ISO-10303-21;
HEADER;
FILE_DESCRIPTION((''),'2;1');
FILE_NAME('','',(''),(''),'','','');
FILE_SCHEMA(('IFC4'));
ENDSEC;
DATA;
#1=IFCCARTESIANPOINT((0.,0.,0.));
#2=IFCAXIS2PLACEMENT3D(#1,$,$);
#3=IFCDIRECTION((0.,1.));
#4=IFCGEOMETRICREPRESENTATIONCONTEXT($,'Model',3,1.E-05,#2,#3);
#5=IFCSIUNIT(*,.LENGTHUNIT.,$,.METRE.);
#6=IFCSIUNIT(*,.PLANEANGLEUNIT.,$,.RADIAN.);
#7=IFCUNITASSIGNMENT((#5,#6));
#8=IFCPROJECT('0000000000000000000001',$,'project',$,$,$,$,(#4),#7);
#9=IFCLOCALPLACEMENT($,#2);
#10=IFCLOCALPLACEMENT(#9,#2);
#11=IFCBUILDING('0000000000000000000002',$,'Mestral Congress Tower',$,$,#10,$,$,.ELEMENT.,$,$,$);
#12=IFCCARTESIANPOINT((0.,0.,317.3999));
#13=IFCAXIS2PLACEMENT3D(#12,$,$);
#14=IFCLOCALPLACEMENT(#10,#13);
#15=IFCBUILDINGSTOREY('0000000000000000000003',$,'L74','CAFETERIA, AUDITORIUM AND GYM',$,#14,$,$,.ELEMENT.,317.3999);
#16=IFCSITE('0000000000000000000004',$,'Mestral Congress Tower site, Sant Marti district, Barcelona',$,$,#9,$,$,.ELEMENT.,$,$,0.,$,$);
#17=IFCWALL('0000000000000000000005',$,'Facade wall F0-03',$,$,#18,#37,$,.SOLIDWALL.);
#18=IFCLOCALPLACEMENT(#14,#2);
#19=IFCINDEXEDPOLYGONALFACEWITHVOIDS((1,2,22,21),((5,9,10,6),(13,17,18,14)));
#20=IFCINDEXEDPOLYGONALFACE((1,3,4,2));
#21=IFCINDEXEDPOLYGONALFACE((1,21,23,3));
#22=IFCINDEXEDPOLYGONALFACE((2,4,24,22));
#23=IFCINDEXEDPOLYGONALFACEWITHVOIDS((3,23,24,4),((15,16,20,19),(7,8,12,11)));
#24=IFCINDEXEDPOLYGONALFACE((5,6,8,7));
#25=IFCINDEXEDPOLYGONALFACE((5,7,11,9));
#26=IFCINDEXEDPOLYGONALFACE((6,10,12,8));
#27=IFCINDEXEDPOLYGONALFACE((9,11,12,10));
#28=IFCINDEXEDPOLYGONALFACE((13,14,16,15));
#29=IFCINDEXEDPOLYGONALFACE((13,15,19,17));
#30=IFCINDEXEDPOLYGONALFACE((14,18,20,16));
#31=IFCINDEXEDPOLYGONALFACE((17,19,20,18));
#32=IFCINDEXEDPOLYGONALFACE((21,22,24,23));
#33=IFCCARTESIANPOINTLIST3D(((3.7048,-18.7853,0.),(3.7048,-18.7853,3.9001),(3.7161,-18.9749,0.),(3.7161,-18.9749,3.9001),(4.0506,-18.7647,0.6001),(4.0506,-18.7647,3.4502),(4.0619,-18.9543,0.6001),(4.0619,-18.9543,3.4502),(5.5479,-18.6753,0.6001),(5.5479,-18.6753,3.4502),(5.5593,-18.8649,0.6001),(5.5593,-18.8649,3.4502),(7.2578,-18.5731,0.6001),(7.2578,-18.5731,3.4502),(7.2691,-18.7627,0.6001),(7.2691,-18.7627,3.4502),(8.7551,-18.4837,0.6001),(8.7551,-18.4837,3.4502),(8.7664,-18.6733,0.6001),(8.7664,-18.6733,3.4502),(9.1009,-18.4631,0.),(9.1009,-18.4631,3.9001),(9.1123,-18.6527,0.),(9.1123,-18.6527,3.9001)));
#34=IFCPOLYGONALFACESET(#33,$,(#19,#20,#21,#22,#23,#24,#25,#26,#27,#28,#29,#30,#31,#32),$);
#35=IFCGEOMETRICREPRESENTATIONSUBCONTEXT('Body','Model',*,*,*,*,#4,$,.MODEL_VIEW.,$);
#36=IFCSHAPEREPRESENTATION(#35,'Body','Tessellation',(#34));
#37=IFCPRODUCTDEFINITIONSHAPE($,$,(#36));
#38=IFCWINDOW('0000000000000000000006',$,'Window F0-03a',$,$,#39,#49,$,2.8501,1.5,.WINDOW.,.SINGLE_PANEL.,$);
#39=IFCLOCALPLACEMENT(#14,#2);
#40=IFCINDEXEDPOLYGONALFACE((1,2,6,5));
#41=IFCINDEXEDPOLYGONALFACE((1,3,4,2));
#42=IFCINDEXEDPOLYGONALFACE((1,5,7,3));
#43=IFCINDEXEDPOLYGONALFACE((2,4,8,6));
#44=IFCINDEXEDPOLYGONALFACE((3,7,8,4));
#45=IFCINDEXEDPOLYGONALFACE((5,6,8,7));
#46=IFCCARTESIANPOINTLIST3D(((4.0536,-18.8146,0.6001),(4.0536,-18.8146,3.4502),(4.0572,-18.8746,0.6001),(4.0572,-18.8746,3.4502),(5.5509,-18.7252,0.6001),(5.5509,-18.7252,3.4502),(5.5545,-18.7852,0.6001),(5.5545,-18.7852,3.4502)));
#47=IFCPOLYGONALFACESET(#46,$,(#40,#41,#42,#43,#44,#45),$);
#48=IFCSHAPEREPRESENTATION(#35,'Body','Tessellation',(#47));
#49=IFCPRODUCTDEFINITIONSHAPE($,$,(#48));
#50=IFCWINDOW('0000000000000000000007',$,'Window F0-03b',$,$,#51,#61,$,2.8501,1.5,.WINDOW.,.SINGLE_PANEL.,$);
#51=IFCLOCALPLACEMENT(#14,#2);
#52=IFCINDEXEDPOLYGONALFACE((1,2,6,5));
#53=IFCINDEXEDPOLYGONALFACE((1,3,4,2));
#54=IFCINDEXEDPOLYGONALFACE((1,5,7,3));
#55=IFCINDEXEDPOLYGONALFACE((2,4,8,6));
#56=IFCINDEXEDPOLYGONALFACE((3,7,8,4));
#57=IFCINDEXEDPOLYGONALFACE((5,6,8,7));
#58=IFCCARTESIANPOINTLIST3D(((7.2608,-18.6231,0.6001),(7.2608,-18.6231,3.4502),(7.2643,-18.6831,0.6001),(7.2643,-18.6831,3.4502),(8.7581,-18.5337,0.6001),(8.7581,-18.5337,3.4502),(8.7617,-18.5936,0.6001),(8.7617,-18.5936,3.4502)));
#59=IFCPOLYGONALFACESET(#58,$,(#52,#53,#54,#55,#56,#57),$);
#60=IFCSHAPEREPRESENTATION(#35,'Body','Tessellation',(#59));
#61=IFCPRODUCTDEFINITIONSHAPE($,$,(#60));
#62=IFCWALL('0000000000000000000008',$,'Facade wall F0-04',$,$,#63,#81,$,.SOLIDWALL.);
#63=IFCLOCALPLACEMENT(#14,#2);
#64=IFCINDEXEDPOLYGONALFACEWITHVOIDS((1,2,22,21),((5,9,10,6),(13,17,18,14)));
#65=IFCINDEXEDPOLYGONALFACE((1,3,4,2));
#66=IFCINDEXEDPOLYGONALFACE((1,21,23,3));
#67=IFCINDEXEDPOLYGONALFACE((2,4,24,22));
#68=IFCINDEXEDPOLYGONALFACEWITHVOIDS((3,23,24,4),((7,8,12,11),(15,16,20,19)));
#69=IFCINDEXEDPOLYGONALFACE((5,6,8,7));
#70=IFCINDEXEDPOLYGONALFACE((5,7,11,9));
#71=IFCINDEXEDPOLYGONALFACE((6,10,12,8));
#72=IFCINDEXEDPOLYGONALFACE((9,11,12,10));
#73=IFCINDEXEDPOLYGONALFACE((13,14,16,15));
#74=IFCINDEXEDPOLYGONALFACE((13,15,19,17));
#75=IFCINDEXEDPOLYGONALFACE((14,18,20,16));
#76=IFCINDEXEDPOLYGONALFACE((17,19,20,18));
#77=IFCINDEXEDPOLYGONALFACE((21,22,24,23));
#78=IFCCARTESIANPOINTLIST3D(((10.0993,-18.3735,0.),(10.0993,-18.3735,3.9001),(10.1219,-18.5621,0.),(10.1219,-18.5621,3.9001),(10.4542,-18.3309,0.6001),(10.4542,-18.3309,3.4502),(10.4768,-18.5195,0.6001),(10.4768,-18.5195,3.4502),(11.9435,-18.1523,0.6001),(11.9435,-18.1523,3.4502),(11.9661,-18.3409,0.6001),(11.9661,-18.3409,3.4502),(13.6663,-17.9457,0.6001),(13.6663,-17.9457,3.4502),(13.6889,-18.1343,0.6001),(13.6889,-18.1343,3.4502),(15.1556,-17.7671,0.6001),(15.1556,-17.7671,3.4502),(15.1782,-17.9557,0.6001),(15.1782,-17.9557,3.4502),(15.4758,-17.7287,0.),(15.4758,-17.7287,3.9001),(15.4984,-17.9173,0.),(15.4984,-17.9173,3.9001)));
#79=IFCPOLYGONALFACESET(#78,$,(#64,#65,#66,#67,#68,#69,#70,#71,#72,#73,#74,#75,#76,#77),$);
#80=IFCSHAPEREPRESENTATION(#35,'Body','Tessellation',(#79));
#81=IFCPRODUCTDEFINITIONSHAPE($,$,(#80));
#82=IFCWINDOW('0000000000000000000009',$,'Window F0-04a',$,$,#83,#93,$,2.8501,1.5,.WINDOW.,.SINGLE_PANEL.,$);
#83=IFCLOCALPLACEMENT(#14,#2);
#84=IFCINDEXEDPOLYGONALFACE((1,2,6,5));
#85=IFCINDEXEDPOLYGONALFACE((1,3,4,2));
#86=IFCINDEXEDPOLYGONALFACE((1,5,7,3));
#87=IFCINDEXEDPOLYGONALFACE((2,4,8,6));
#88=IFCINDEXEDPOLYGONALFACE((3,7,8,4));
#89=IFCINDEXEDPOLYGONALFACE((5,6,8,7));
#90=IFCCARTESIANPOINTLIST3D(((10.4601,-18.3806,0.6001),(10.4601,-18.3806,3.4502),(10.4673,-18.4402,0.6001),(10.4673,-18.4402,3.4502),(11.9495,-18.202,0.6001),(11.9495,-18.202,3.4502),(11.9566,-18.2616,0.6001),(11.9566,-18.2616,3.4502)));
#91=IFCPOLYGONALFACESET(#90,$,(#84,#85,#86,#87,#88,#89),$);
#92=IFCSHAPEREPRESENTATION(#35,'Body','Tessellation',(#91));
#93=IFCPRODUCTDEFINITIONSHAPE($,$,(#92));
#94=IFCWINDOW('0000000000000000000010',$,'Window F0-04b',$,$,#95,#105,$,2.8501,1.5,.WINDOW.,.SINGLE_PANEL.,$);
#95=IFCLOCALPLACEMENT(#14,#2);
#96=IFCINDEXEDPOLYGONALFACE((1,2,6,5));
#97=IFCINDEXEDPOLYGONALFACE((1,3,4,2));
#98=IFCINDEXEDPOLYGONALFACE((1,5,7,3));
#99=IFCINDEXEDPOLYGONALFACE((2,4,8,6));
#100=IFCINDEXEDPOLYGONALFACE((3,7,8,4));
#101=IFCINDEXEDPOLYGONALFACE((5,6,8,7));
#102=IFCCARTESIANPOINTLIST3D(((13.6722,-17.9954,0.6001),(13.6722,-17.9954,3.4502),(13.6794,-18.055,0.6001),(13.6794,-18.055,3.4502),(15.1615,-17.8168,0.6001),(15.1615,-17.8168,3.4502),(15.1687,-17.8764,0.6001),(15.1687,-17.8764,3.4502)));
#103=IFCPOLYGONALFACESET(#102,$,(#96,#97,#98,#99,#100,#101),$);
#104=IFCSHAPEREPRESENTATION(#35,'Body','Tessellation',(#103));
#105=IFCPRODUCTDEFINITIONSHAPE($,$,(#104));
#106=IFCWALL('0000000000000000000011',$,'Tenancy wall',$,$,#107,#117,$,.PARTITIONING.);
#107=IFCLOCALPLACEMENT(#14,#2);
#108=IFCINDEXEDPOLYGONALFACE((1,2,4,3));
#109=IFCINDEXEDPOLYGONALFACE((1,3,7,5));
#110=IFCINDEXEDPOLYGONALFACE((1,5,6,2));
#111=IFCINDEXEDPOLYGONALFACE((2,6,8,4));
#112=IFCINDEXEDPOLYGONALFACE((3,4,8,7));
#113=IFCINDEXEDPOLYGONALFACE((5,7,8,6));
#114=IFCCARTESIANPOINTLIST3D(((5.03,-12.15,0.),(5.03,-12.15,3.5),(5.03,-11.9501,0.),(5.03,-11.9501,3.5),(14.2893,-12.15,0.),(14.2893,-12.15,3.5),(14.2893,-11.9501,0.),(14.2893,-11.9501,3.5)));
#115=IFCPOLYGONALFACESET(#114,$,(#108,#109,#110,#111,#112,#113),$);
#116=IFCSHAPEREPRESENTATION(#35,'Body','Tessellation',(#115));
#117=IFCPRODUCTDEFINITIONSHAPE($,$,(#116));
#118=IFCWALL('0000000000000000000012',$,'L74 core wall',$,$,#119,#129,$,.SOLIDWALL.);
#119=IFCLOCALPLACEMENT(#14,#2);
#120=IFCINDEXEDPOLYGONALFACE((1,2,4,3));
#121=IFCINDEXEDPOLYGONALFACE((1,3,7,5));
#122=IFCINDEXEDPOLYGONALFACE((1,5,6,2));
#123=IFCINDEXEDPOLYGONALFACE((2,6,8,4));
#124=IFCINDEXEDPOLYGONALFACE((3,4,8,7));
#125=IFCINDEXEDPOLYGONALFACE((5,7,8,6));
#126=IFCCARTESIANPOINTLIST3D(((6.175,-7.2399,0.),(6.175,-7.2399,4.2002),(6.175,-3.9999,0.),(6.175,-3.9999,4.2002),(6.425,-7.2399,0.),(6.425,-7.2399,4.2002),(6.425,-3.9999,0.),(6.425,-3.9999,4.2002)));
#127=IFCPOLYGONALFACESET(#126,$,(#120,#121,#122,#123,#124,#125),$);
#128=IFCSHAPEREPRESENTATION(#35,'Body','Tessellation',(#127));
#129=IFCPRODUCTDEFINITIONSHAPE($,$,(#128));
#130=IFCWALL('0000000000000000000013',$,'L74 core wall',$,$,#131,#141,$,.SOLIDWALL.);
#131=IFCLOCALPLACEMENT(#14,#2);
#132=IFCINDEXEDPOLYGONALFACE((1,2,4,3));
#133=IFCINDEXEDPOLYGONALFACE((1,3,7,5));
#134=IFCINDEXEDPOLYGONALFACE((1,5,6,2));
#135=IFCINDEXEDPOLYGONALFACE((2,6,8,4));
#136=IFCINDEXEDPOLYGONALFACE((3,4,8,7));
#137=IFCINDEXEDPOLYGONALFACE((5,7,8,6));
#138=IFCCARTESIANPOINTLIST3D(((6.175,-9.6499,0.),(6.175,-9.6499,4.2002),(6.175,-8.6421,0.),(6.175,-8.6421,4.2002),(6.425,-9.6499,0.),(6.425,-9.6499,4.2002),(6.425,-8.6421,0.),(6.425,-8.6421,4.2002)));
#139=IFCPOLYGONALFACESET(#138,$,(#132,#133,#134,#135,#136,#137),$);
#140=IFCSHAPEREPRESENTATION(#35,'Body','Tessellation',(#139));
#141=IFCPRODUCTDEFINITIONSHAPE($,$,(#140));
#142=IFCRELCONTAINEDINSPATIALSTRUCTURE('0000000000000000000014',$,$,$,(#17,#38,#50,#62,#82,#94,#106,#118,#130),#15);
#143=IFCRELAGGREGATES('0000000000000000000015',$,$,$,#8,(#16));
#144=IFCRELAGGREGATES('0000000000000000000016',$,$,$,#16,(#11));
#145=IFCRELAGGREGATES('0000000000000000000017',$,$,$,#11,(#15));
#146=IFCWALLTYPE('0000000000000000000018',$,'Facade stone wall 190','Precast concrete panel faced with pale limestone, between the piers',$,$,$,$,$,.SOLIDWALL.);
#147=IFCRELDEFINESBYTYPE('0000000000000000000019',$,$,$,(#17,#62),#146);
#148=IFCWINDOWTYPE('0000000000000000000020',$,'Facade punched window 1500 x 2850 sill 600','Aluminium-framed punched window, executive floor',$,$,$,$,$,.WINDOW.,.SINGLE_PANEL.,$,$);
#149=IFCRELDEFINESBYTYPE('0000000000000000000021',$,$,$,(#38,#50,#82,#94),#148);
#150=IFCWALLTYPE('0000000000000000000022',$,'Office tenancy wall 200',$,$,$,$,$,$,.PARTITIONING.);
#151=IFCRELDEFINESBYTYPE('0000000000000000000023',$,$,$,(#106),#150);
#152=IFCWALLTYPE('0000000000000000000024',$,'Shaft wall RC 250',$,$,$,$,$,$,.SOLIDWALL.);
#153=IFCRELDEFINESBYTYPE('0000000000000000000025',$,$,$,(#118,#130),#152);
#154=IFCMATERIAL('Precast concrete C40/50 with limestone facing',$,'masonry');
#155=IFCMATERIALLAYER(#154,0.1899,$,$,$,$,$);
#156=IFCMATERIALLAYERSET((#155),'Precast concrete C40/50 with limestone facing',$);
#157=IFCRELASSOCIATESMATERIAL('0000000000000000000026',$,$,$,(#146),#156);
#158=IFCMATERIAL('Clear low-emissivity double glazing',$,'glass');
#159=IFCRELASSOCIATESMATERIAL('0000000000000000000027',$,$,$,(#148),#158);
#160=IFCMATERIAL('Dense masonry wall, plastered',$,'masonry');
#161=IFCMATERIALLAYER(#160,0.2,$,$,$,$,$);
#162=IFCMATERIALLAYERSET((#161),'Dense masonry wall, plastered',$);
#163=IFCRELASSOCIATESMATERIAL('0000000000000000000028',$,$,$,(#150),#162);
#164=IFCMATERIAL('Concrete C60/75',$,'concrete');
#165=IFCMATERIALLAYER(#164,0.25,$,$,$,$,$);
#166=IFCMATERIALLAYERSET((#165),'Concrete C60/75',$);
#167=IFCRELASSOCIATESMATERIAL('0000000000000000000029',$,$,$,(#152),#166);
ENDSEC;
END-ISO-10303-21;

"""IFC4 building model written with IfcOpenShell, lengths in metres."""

from ifc_helpers import new_model, si_unit, direction, frame, frame_2d, origin, place, context, subcontext, project, spatial, rectangle, extrude, material, layer, layer_set, type_object, element, fill, save


model = new_model("IFC4")

# Units and contexts
model_context = context("Model", 3, precision=1e-05, world=origin(), true_north=direction((0.0, 1.0)))
body_context = subcontext(model_context, "Body", "Model", "MODEL_VIEW")
ifc_project = project(units=[si_unit("LENGTHUNIT", "METRE"), si_unit("PLANEANGLEUNIT", "RADIAN")], contexts=[model_context])

# Site, building, storey
site_placement = place(None, origin())
site = spatial("IfcSite", under=ifc_project, at=site_placement, Name="Mestral Congress Tower site, Sant Marti district, Barcelona", CompositionType="ELEMENT", RefElevation=0.0)
building_placement = place(site_placement, origin())
building = spatial("IfcBuilding", under=site, at=building_placement, Name="Mestral Congress Tower", CompositionType="ELEMENT")
storey_placement = place(building_placement, frame((0.0, 0.0, 317.3999)))
storey = spatial("IfcBuildingStorey", under=building, at=storey_placement, Name="L74", Description="CAFETERIA, AUDITORIUM AND GYM", CompositionType="ELEMENT", Elevation=317.3999)

# Shared definitions
ifc_material_1 = material(Name="Concrete C60/75", Category="concrete")

# Walls, openings, windows
ifc_material_2 = material(Name="Precast concrete C40/50 with limestone facing", Category="masonry")
ifc_layer_1 = layer(ifc_material_2, 0.1899)
ifc_layer_set_1 = layer_set([ifc_layer_1], Name="Precast concrete C40/50 with limestone facing")
wall_type_1 = type_object("IfcWallType", Name="Facade stone wall 190", Description="Precast concrete panel faced with pale limestone, between the piers", PredefinedType="SOLIDWALL", material=ifc_layer_set_1)
wall_1_placement = place(storey_placement, frame((3.7104, -18.8801, 0.0), z_axis=(0.0, 0.0, 1.0), x_axis=(0.998221, 0.059614, 0.0)))
wall_1 = element("IfcWall", 1, at=wall_1_placement, inside=storey, type_object=wall_type_1, Name="Facade wall F0-03", PredefinedType="SOLIDWALL", context=body_context, shape_type="SweptSolid", body=[
    extrude(rectangle(XDim=5.4058, YDim=0.1899, at=frame_2d((2.7029, 0.0))), origin(), (0.0, 0.0, 1.0), 3.9001),
])
opening_1_placement = place(wall_1_placement, frame((0.3464, 0.0, 0.6001)))
opening_1 = element("IfcOpeningElement", 2, at=opening_1_placement, cuts=wall_1, PredefinedType="OPENING", context=body_context, shape_type="SweptSolid", body=[
    extrude(rectangle(XDim=1.5, YDim=2.8501, at=frame_2d((0.75, 1.425))), frame((0.0, 0.105, 0.0), z_axis=(0.0, -1.0, 0.0), x_axis=(1.0, 0.0, 0.0)), (0.0, 0.0, 1.0), 0.21),
])
opening_2_placement = place(wall_1_placement, frame((3.5593, 0.0, 0.6001)))
opening_2 = element("IfcOpeningElement", 3, at=opening_2_placement, cuts=wall_1, PredefinedType="OPENING", context=body_context, shape_type="SweptSolid", body=[
    extrude(rectangle(XDim=1.5, YDim=2.8501, at=frame_2d((0.75, 1.425))), frame((0.0, 0.105, 0.0), z_axis=(0.0, -1.0, 0.0), x_axis=(1.0, 0.0, 0.0)), (0.0, 0.0, 1.0), 0.21),
])
ifc_material_3 = material(Name="Clear low-emissivity double glazing", Category="glass")
window_type = type_object("IfcWindowType", Name="Facade punched window 1500 x 2850 sill 600", Description="Aluminium-framed punched window, executive floor", PartitioningType="SINGLE_PANEL", PredefinedType="WINDOW", material=ifc_material_3)
window_1_placement = place(opening_1_placement, origin())
window_1 = element("IfcWindow", 4, at=window_1_placement, inside=storey, type_object=window_type, Name="Window F0-03a", OverallHeight=2.8501, OverallWidth=1.5, PartitioningType="SINGLE_PANEL", PredefinedType="WINDOW", context=body_context, shape_type="SweptSolid", body=[
    extrude(rectangle(XDim=1.5, YDim=2.8501, at=frame_2d((0.75, 1.425))), frame((0.0, 0.0449, 0.0), z_axis=(0.0, -1.0, 0.0), x_axis=(1.0, 0.0, 0.0)), (0.0, 0.0, 1.0), 0.0601),
])
fill(opening_1, window_1)
window_2_placement = place(opening_2_placement, origin())
window_2 = element("IfcWindow", 5, at=window_2_placement, inside=storey, type_object=window_type, Name="Window F0-03b", OverallHeight=2.8501, OverallWidth=1.5, PartitioningType="SINGLE_PANEL", PredefinedType="WINDOW", context=body_context, shape_type="SweptSolid", body=[
    extrude(rectangle(XDim=1.5, YDim=2.8501, at=frame_2d((0.75, 1.425))), frame((0.0, 0.0449, 0.0), z_axis=(0.0, -1.0, 0.0), x_axis=(1.0, 0.0, 0.0)), (0.0, 0.0, 1.0), 0.0601),
])
fill(opening_2, window_2)
wall_2_placement = place(storey_placement, frame((10.1106, -18.4678, 0.0), z_axis=(0.0, 0.0, 1.0), x_axis=(0.992886, 0.119072, 0.0)))
wall_2 = element("IfcWall", 6, at=wall_2_placement, inside=storey, type_object=wall_type_1, Name="Facade wall F0-04", PredefinedType="SOLIDWALL", context=body_context, shape_type="SweptSolid", body=[
    extrude(rectangle(XDim=5.415, YDim=0.1899, at=frame_2d((2.7075, 0.0))), origin(), (0.0, 0.0, 1.0), 3.9001),
])
opening_3_placement = place(wall_2_placement, frame((0.3574, 0.0, 0.6001)))
opening_3 = element("IfcOpeningElement", 7, at=opening_3_placement, cuts=wall_2, PredefinedType="OPENING", context=body_context, shape_type="SweptSolid", body=[
    extrude(rectangle(XDim=1.5, YDim=2.8501, at=frame_2d((0.75, 1.425))), frame((0.0, 0.105, 0.0), z_axis=(0.0, -1.0, 0.0), x_axis=(1.0, 0.0, 0.0)), (0.0, 0.0, 1.0), 0.21),
])
opening_4_placement = place(wall_2_placement, frame((3.5925, 0.0, 0.6001)))
opening_4 = element("IfcOpeningElement", 8, at=opening_4_placement, cuts=wall_2, PredefinedType="OPENING", context=body_context, shape_type="SweptSolid", body=[
    extrude(rectangle(XDim=1.5, YDim=2.8501, at=frame_2d((0.75, 1.425))), frame((0.0, 0.105, 0.0), z_axis=(0.0, -1.0, 0.0), x_axis=(1.0, 0.0, 0.0)), (0.0, 0.0, 1.0), 0.21),
])
window_3_placement = place(opening_3_placement, origin())
window_3 = element("IfcWindow", 9, at=window_3_placement, inside=storey, type_object=window_type, Name="Window F0-04a", OverallHeight=2.8501, OverallWidth=1.5, PartitioningType="SINGLE_PANEL", PredefinedType="WINDOW", context=body_context, shape_type="SweptSolid", body=[
    extrude(rectangle(XDim=1.5, YDim=2.8501, at=frame_2d((0.75, 1.425))), frame((0.0, 0.0449, 0.0), z_axis=(0.0, -1.0, 0.0), x_axis=(1.0, 0.0, 0.0)), (0.0, 0.0, 1.0), 0.0601),
])
fill(opening_3, window_3)
window_4_placement = place(opening_4_placement, origin())
window_4 = element("IfcWindow", 10, at=window_4_placement, inside=storey, type_object=window_type, Name="Window F0-04b", OverallHeight=2.8501, OverallWidth=1.5, PartitioningType="SINGLE_PANEL", PredefinedType="WINDOW", context=body_context, shape_type="SweptSolid", body=[
    extrude(rectangle(XDim=1.5, YDim=2.8501, at=frame_2d((0.75, 1.425))), frame((0.0, 0.0449, 0.0), z_axis=(0.0, -1.0, 0.0), x_axis=(1.0, 0.0, 0.0)), (0.0, 0.0, 1.0), 0.0601),
])
fill(opening_4, window_4)

# Walls
ifc_material_4 = material(Name="Dense masonry wall, plastered", Category="masonry")
ifc_layer_2 = layer(ifc_material_4, 0.2)
ifc_layer_set_2 = layer_set([ifc_layer_2], Name="Dense masonry wall, plastered")
wall_type_2 = type_object("IfcWallType", Name="Office tenancy wall 200", PredefinedType="PARTITIONING", material=ifc_layer_set_2)
wall_3_placement = place(storey_placement, frame((5.03, -12.05, 0.0), z_axis=(0.0, 0.0, 1.0), x_axis=(1.0, 0.0, 0.0)))
element("IfcWall", 11, at=wall_3_placement, inside=storey, type_object=wall_type_2, Name="Tenancy wall", PredefinedType="PARTITIONING", context=body_context, shape_type="SweptSolid", body=[
    extrude(rectangle(XDim=9.2593, YDim=0.2, at=frame_2d((4.6296, 0.0))), origin(), (0.0, 0.0, 1.0), 3.5),
])
ifc_layer_3 = layer(ifc_material_1, 0.25)
ifc_layer_set_3 = layer_set([ifc_layer_3], Name="Concrete C60/75")
wall_type_3 = type_object("IfcWallType", Name="Shaft wall RC 250", PredefinedType="SOLIDWALL", material=ifc_layer_set_3)
wall_4_placement = place(storey_placement, frame((6.3, -7.24, 0.0), z_axis=(0.0, 0.0, 1.0), x_axis=(0.0, 1.0, 0.0)))
element("IfcWall", 12, at=wall_4_placement, inside=storey, type_object=wall_type_3, Name="L74 core wall", PredefinedType="SOLIDWALL", context=body_context, shape_type="SweptSolid", body=[
    extrude(rectangle(XDim=3.24, YDim=0.25, at=frame_2d((1.6201, 0.0))), origin(), (0.0, 0.0, 1.0), 4.2002),
])
wall_5_placement = place(storey_placement, frame((6.3, -9.6499, 0.0), z_axis=(0.0, 0.0, 1.0), x_axis=(0.0, 1.0, 0.0)))
element("IfcWall", 13, at=wall_5_placement, inside=storey, type_object=wall_type_3, Name="L74 core wall", PredefinedType="SOLIDWALL", context=body_context, shape_type="SweptSolid", body=[
    extrude(rectangle(XDim=1.0078, YDim=0.25, at=frame_2d((0.5039, 0.0))), origin(), (0.0, 0.0, 1.0), 4.2002),
])

save(model, "model.ifc")
